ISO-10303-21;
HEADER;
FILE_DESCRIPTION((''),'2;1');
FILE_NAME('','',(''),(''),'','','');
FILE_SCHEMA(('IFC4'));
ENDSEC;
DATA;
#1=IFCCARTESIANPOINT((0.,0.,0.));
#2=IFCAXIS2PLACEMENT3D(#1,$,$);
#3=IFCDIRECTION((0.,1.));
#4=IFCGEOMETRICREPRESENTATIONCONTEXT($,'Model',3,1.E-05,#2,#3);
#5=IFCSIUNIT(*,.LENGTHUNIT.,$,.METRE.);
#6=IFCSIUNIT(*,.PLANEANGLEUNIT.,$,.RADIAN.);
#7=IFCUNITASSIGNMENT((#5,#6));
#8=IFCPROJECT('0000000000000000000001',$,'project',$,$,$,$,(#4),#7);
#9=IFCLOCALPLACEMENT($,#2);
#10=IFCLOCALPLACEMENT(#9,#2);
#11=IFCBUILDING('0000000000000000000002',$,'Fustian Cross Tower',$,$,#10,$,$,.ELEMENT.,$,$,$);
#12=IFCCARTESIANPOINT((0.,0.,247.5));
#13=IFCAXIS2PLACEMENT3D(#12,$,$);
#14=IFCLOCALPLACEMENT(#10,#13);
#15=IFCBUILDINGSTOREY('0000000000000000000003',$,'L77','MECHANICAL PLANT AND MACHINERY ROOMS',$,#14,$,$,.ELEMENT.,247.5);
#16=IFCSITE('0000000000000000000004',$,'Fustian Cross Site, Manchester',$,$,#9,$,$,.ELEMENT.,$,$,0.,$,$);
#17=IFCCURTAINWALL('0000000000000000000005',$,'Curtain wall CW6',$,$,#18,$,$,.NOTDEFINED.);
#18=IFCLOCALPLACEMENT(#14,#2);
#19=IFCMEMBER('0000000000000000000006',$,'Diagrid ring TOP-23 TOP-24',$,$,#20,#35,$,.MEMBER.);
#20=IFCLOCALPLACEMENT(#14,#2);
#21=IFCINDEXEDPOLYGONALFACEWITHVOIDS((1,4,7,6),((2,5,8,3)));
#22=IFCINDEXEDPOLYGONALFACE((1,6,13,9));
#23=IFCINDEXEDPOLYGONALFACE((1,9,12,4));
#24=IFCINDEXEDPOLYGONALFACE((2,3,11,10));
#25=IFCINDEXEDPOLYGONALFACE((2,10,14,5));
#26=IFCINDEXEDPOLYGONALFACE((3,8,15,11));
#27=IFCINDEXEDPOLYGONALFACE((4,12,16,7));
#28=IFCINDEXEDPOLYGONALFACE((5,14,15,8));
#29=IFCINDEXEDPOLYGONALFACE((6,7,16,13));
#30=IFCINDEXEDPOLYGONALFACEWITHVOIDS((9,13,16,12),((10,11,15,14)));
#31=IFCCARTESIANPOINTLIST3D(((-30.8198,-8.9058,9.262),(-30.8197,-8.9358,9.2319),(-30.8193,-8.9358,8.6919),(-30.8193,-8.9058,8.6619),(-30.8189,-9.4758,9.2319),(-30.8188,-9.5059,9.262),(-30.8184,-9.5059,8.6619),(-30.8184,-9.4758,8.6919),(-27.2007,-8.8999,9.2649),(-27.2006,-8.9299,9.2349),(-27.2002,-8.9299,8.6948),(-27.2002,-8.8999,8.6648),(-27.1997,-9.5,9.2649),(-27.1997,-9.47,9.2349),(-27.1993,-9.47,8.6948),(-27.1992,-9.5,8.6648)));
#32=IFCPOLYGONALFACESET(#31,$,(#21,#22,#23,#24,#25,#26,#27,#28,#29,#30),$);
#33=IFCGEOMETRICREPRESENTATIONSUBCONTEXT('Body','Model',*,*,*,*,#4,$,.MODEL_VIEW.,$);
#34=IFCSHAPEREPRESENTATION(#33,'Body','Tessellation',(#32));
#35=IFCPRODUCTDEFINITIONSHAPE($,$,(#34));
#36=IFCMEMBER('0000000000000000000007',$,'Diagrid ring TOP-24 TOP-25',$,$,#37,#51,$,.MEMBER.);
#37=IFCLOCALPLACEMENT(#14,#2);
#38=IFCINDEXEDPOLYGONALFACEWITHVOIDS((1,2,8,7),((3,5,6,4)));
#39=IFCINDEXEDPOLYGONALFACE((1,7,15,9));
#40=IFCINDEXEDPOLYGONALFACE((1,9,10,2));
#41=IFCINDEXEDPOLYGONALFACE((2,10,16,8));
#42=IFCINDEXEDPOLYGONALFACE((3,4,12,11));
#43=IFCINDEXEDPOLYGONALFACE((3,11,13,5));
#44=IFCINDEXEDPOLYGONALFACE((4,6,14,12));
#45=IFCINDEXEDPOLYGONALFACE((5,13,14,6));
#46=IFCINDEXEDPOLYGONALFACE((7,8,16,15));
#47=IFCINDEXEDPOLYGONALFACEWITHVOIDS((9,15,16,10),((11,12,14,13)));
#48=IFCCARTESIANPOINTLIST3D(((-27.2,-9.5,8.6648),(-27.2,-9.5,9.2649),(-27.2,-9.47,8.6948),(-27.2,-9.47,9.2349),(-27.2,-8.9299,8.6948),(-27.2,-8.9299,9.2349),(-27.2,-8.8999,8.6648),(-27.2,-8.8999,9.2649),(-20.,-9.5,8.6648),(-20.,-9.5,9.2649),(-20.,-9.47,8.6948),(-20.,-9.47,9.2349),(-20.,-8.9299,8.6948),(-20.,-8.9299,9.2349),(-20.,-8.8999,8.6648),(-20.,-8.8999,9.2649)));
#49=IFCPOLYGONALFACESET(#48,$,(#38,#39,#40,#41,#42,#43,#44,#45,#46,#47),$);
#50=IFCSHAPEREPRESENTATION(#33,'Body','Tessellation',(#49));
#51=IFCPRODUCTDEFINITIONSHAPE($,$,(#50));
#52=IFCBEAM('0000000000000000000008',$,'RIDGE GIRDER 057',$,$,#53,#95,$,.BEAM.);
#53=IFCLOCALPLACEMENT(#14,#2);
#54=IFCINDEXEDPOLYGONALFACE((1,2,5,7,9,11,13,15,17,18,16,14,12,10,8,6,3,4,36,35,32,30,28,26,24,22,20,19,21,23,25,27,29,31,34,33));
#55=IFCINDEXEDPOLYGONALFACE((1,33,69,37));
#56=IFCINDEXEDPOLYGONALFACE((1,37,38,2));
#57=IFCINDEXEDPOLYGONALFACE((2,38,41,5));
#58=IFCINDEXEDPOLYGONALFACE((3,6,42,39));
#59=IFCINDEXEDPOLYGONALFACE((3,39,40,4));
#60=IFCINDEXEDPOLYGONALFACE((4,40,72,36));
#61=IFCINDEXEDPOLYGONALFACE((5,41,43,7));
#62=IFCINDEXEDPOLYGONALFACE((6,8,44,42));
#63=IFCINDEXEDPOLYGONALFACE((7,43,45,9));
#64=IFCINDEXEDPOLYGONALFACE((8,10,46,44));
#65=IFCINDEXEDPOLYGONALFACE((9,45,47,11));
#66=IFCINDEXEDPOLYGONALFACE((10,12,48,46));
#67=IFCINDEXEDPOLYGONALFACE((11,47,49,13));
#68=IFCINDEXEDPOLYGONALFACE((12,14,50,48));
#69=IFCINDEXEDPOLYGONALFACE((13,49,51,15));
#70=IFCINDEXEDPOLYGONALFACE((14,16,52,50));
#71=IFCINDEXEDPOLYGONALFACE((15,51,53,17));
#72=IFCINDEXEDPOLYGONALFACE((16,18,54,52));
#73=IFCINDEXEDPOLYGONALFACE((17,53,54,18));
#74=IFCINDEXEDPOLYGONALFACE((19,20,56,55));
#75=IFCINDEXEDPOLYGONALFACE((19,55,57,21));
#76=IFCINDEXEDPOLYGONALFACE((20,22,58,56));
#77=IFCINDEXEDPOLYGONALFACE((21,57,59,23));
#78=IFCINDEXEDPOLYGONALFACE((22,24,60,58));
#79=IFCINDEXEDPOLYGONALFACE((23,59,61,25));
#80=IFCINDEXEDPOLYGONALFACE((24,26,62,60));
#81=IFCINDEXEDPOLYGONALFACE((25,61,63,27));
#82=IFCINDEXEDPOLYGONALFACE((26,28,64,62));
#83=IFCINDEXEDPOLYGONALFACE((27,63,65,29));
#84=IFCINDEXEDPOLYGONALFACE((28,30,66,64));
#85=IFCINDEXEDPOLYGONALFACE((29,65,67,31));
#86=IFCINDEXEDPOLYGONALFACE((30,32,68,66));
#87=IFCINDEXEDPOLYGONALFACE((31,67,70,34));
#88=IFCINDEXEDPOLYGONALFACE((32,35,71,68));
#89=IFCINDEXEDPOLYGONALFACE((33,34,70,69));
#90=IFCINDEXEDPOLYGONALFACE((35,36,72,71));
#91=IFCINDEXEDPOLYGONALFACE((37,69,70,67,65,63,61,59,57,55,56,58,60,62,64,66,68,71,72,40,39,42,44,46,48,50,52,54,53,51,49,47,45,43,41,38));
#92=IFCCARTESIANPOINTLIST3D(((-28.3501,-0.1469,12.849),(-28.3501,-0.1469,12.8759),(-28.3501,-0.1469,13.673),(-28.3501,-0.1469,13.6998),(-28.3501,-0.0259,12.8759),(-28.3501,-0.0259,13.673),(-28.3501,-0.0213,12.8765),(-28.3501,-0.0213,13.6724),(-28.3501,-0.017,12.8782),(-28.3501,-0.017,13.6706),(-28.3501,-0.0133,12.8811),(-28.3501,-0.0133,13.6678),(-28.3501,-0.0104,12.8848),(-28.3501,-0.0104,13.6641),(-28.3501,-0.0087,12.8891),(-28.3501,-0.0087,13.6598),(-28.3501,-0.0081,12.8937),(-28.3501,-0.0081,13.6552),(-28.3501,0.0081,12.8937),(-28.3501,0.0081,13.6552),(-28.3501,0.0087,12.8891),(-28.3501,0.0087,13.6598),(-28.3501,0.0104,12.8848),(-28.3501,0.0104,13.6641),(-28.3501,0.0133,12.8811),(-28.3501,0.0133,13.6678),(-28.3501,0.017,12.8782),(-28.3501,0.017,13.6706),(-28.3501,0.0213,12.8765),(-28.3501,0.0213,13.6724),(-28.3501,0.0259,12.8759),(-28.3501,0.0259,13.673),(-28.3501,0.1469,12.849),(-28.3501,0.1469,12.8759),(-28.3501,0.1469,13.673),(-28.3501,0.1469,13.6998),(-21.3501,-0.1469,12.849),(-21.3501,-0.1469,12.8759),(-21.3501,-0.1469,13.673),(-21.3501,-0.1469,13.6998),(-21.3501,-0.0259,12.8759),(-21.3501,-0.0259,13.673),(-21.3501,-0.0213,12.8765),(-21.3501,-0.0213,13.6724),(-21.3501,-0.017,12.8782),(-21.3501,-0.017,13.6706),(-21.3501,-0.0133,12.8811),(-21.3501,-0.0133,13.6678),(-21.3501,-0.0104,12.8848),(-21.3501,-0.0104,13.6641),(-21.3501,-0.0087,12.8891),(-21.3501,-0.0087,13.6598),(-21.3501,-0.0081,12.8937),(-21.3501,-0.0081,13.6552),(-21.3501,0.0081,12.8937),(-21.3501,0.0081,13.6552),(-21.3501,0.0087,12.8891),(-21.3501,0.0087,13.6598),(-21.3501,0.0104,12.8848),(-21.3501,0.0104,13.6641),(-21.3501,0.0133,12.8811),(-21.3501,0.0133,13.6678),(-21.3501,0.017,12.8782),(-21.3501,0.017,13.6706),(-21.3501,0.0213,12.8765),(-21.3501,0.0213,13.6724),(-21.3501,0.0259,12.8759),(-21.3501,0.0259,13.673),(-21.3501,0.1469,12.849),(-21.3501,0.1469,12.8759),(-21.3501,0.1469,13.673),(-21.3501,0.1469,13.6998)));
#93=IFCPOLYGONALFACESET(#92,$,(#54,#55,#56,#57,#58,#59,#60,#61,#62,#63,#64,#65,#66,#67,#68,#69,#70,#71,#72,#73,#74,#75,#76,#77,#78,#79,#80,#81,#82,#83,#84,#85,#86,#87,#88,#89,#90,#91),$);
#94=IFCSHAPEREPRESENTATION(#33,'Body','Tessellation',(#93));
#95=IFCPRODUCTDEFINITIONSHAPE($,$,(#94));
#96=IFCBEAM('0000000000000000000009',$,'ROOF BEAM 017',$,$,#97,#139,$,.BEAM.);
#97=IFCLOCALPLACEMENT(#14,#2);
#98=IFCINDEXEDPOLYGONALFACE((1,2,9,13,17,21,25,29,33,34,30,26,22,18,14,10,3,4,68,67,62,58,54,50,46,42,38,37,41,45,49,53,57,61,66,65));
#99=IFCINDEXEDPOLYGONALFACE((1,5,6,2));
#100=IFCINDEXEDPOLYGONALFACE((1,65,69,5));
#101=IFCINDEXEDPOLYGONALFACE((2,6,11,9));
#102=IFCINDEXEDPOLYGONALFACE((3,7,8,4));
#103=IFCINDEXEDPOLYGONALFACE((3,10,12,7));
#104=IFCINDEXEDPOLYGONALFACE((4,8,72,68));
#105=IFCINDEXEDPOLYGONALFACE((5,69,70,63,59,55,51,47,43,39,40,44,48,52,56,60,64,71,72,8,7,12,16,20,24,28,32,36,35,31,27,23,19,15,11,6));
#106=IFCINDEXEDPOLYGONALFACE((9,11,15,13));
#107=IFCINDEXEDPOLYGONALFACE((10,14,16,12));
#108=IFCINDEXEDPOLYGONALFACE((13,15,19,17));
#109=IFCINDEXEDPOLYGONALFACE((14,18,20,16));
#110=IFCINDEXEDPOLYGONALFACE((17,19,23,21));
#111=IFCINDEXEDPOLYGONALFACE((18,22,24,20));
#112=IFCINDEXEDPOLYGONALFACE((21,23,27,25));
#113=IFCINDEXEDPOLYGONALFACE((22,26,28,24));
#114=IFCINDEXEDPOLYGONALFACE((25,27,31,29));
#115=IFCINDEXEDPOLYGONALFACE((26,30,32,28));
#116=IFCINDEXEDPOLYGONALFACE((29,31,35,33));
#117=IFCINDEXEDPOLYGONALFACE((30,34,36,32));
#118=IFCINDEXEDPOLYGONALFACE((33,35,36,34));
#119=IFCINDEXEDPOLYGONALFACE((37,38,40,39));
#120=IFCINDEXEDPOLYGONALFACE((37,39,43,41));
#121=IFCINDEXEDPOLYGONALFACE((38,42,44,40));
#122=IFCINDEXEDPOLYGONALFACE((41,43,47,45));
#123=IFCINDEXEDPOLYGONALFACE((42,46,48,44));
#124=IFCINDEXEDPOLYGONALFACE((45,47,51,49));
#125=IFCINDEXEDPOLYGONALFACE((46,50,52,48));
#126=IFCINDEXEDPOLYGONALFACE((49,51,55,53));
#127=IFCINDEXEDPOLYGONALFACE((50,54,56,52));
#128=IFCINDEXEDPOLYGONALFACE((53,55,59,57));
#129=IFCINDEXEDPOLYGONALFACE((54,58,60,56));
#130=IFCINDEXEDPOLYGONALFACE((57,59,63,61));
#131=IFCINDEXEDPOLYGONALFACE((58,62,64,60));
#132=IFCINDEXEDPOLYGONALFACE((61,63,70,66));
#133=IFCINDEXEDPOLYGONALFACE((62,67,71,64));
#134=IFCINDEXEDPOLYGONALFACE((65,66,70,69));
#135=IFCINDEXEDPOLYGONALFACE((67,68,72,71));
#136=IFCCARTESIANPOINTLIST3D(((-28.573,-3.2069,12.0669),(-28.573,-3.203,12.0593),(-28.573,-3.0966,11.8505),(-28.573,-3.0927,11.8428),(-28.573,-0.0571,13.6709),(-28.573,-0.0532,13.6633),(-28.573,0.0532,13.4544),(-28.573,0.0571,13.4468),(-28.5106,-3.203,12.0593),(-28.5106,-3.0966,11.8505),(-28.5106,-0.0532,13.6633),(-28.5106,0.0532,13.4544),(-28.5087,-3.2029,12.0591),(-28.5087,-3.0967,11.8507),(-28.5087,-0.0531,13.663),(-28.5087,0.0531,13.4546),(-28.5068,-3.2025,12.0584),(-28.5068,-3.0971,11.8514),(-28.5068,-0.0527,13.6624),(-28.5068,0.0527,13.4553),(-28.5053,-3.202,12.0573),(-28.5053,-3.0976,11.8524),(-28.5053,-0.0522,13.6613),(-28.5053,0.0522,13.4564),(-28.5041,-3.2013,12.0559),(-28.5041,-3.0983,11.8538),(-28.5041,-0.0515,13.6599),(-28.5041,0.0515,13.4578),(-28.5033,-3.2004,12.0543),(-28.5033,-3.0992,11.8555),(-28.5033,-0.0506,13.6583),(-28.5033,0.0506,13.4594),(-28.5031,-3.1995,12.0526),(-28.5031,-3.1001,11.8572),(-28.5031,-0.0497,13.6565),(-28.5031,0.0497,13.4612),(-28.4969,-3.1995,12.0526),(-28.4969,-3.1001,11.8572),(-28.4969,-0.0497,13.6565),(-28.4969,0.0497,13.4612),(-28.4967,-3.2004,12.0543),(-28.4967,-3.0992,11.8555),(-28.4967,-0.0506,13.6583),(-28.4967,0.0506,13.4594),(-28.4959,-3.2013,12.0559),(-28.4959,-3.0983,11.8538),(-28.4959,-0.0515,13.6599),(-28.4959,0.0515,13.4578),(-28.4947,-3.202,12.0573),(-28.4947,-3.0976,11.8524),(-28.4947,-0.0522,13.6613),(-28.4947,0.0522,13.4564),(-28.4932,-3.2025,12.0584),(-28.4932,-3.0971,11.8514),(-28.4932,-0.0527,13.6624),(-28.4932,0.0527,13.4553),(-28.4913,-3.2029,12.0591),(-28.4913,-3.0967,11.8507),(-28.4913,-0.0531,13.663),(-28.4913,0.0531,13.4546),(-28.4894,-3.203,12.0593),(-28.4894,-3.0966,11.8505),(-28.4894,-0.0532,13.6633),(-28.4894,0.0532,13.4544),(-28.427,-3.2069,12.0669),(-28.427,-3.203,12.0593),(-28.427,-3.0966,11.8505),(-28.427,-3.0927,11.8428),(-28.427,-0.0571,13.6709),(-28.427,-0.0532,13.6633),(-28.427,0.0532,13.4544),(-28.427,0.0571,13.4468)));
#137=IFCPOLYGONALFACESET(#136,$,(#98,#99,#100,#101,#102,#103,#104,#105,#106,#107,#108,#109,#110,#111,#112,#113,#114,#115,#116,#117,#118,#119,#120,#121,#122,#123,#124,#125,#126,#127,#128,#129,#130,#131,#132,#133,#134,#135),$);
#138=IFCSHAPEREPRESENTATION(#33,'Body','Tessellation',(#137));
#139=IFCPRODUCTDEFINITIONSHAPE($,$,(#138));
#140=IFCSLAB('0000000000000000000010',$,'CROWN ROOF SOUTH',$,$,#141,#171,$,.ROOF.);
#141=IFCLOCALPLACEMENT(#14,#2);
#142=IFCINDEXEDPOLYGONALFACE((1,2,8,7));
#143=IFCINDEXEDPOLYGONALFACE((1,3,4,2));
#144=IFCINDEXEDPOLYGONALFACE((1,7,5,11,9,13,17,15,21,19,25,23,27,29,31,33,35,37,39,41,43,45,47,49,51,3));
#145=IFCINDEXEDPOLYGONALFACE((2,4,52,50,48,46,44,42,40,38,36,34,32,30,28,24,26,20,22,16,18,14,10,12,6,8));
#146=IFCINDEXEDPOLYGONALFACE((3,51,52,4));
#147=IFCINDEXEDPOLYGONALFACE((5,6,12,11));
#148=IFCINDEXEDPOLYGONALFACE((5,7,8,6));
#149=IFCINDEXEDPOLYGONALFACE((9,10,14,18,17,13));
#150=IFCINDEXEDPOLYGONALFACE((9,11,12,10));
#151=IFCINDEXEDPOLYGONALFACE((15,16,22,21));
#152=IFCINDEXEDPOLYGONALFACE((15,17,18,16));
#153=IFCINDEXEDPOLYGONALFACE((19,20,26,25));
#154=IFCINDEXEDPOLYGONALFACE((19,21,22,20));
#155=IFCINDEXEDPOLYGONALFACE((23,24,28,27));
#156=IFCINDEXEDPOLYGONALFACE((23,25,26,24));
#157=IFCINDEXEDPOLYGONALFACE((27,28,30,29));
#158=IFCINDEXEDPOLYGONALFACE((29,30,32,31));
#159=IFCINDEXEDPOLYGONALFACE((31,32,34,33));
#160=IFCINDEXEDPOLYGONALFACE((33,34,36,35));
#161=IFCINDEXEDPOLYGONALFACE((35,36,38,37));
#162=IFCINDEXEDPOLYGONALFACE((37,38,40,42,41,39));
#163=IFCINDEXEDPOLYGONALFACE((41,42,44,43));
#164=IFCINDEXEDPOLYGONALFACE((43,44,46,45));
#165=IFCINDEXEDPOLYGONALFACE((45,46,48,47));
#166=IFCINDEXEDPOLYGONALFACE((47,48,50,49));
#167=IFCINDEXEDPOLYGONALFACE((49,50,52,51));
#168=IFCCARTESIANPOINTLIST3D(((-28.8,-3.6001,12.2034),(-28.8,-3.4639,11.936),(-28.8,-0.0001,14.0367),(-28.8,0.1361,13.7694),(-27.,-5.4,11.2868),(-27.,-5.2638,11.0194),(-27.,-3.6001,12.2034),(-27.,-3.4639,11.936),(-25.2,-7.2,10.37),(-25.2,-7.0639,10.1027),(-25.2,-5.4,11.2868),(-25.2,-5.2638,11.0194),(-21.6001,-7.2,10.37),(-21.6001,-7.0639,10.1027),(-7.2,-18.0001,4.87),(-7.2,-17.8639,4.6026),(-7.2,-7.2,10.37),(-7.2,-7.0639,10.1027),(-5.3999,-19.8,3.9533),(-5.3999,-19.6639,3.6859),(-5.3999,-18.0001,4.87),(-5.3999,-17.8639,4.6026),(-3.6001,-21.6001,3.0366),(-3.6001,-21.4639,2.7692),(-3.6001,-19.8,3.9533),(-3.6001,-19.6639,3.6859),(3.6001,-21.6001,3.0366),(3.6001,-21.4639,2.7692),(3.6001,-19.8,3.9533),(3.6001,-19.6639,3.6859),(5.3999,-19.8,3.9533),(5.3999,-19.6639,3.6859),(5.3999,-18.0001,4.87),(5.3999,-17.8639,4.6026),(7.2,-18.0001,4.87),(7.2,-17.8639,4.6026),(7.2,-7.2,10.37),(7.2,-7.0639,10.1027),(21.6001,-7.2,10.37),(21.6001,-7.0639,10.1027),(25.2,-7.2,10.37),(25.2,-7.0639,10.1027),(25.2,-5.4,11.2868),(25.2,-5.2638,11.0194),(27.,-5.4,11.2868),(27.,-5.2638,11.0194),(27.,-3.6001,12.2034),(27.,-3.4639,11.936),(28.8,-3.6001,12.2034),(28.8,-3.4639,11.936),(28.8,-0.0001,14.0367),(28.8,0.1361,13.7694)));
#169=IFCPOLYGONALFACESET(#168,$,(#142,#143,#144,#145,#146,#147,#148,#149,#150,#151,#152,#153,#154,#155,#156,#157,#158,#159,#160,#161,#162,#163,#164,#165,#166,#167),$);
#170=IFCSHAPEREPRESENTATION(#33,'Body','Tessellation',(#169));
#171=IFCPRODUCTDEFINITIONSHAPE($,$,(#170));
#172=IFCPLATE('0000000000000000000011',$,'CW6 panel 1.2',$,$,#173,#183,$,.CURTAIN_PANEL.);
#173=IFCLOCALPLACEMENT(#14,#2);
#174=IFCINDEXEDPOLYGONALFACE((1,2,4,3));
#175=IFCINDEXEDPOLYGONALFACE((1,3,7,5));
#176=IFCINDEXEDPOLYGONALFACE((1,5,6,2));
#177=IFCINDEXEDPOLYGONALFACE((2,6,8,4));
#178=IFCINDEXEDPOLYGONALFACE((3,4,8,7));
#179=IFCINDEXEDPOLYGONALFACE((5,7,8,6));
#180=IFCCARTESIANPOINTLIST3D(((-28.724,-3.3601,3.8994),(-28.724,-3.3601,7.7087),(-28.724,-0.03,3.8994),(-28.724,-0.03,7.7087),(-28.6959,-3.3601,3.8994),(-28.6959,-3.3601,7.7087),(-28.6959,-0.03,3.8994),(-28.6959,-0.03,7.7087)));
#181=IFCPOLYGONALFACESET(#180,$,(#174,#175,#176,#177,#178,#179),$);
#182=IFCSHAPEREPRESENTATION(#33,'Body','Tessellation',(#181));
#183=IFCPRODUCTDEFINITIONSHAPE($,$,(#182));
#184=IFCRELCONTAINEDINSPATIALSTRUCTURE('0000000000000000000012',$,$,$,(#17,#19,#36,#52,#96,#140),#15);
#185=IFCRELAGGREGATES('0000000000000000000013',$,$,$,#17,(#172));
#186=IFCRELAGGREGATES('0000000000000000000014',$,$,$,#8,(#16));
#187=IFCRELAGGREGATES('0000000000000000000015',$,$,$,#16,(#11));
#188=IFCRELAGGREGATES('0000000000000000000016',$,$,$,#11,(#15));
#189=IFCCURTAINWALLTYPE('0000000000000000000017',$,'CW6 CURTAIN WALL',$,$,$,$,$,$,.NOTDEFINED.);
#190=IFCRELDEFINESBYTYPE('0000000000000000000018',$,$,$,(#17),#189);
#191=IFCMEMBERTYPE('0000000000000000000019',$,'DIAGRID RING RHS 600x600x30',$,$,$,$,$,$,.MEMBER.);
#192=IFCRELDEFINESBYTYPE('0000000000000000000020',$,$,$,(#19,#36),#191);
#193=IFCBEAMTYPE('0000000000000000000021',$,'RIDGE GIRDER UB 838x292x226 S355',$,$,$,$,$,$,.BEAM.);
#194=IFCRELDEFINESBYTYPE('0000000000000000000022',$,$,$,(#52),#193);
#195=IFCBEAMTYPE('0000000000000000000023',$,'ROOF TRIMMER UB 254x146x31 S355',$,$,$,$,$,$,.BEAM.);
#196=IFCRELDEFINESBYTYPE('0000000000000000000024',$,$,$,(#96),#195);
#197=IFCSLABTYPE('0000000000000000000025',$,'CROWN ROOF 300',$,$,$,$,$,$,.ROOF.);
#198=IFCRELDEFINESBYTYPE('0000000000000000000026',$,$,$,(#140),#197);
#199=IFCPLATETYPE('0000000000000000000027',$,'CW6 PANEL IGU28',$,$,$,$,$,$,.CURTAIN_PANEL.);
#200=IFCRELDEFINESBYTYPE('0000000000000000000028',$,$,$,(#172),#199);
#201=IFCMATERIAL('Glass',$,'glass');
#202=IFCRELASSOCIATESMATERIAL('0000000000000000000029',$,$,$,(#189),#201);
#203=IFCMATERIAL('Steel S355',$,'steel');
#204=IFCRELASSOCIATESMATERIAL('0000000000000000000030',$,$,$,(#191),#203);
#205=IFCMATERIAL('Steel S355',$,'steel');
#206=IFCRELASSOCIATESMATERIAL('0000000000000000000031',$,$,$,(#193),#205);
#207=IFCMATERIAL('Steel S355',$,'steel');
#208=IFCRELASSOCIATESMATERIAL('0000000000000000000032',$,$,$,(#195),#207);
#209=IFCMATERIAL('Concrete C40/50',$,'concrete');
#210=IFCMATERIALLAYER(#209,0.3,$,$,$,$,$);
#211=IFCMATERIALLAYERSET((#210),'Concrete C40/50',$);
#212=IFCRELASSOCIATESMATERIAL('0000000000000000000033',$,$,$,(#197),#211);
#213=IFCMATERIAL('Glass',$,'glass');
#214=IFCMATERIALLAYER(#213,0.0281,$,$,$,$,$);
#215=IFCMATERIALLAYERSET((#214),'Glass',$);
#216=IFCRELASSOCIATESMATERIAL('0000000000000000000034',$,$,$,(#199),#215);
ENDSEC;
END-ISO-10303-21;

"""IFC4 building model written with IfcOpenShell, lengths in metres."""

from ifc_helpers import new_model, si_unit, direction, frame, origin, origin_2d, place, context, subcontext, project, spatial, polyline, rectangle, hollow_rectangle, i_section, outline, extrude, material, layer, layer_set, material_profile, profile_set, type_object, element, aggregate, save


model = new_model("IFC4")

# Units and contexts
model_context = context("Model", 3, precision=1e-05, world=origin(), true_north=direction((0.0, 1.0)))
body_context = subcontext(model_context, "Body", "Model", "MODEL_VIEW")
ifc_project = project(units=[si_unit("LENGTHUNIT", "METRE"), si_unit("PLANEANGLEUNIT", "RADIAN")], contexts=[model_context])

# Site, building, storey
site_placement = place(None, origin())
site = spatial("IfcSite", under=ifc_project, at=site_placement, Name="Fustian Cross Site, Manchester", CompositionType="ELEMENT", RefElevation=0.0)
building_placement = place(site_placement, origin())
building = spatial("IfcBuilding", under=site, at=building_placement, Name="Fustian Cross Tower", CompositionType="ELEMENT")
storey_placement = place(building_placement, frame((0.0, 0.0, 247.5)))
storey = spatial("IfcBuildingStorey", under=building, at=storey_placement, Name="L77", Description="MECHANICAL PLANT AND MACHINERY ROOMS", CompositionType="ELEMENT", Elevation=247.5)

# Curtain wall
ifc_material_1 = material(Name="Glass", Category="glass")
curtain_wall_type = type_object("IfcCurtainWallType", Name="CW6 CURTAIN WALL", PredefinedType="NOTDEFINED", material=ifc_material_1)
curtain_wall_1_placement = place(storey_placement, origin())
curtain_wall_1 = element("IfcCurtainWall", 1, at=curtain_wall_1_placement, inside=storey, type_object=curtain_wall_type, Name="Curtain wall CW6", PredefinedType="NOTDEFINED")

# Members
ifc_material_2 = material(Name="Steel S355", Category="steel")
ifc_material_profile_1 = material_profile(ifc_material_2, hollow_rectangle(XDim=0.6001, YDim=0.6001, WallThickness=0.03, at=origin_2d()), Name="RHS 600x600x30")
ifc_profile_set_1 = profile_set([ifc_material_profile_1], Name="Steel S355")
member_type_1 = type_object("IfcMemberType", Name="DIAGRID RING RHS 600x600x30", PredefinedType="MEMBER", material=ifc_profile_set_1)
member_1_placement = place(storey_placement, frame((-30.8191, -9.2058, 8.9619), z_axis=(0.999998, 0.001619, 0.000809), x_axis=(-0.001619, 0.999999, 0.0)))
element("IfcMember", 2, at=member_1_placement, inside=storey, type_object=member_type_1, Name="Diagrid ring TOP-23 TOP-24", PredefinedType="MEMBER", context=body_context, shape_type="SweptSolid", body=[
    extrude(hollow_rectangle(XDim=0.6001, YDim=0.6001, WallThickness=0.03, at=origin_2d()), origin(), (0.0, 0.0, 1.0), 3.6191),
])
member_2_placement = place(storey_placement, frame((-27.2, -9.2, 8.9648), z_axis=(1.0, 0.0, 0.0), x_axis=(0.0, 1.0, 0.0)))
element("IfcMember", 3, at=member_2_placement, inside=storey, type_object=member_type_1, Name="Diagrid ring TOP-24 TOP-25", PredefinedType="MEMBER", context=body_context, shape_type="SweptSolid", body=[
    extrude(hollow_rectangle(XDim=0.6001, YDim=0.6001, WallThickness=0.03, at=origin_2d()), origin(), (0.0, 0.0, 1.0), 7.2),
])

# Beams
ifc_material_3 = material(Name="Steel S355", Category="steel")
ifc_material_profile_2 = material_profile(ifc_material_3, i_section(OverallWidth=0.2937, OverallDepth=0.8508, WebThickness=0.0161, FlangeThickness=0.0269, FilletRadius=0.0178, at=origin_2d()), Name="UB 838x292x226")
ifc_profile_set_2 = profile_set([ifc_material_profile_2], Name="Steel S355")
beam_type_1 = type_object("IfcBeamType", Name="RIDGE GIRDER UB 838x292x226 S355", PredefinedType="BEAM", material=ifc_profile_set_2)
beam_1_placement = place(storey_placement, frame((-28.3501, 0.0, 13.2744), z_axis=(1.0, 0.0, 0.0), x_axis=(0.0, 1.0, 0.0)))
element("IfcBeam", 4, at=beam_1_placement, inside=storey, type_object=beam_type_1, Name="RIDGE GIRDER 057", PredefinedType="BEAM", context=body_context, shape_type="SweptSolid", body=[
    extrude(i_section(OverallWidth=0.2937, OverallDepth=0.8508, WebThickness=0.0161, FlangeThickness=0.0269, FilletRadius=0.0178, at=origin_2d()), origin(), (0.0, 0.0, 1.0), 7.0),
])
ifc_material_4 = material(Name="Steel S355", Category="steel")
ifc_material_profile_3 = material_profile(ifc_material_4, i_section(OverallWidth=0.146, OverallDepth=0.2515, WebThickness=0.0061, FlangeThickness=0.0085, FilletRadius=0.0076, at=origin_2d()), Name="UB 254x146x31")
ifc_profile_set_3 = profile_set([ifc_material_profile_3], Name="Steel S355")
beam_type_2 = type_object("IfcBeamType", Name="ROOF TRIMMER UB 254x146x31 S355", PredefinedType="BEAM", material=ifc_profile_set_3)
beam_2_placement = place(storey_placement, frame((-28.5, 0.0, 13.5588), z_axis=(0.0, -0.891115, -0.453777), x_axis=(1.0, 0.0, 0.0)))
element("IfcBeam", 5, at=beam_2_placement, inside=storey, type_object=beam_type_2, Name="ROOF BEAM 017", PredefinedType="BEAM", context=body_context, shape_type="SweptSolid", body=[
    extrude(i_section(OverallWidth=0.146, OverallDepth=0.2515, WebThickness=0.0061, FlangeThickness=0.0085, FilletRadius=0.0076, at=origin_2d()), origin(), (0.0, 0.0, 1.0), 3.5347),
])

# Slab
ifc_material_5 = material(Name="Concrete C40/50", Category="concrete")
ifc_layer_1 = layer(ifc_material_5, 0.3)
ifc_layer_set_1 = layer_set([ifc_layer_1], Name="Concrete C40/50")
slab_type = type_object("IfcSlabType", Name="CROWN ROOF 300", PredefinedType="ROOF", material=ifc_layer_set_1)
slab_placement = place(storey_placement, frame((-28.8, -3.6001, 12.2034), z_axis=(0.0, -0.453806, 0.891101), x_axis=(1.0, 0.0, 0.0)))
element("IfcSlab", 6, at=slab_placement, inside=storey, type_object=slab_type, Name="CROWN ROOF SOUTH", PredefinedType="ROOF", context=body_context, shape_type="SweptSolid", body=[
    extrude(outline(polyline([(0.0, 0.0), (1.8, 0.0), (1.8, -2.0198), (3.6001, -2.0198), (3.6001, -4.0399), (7.2, -4.0399), (21.6001, -4.0399), (21.6001, -16.1597), (23.4001, -16.1597), (23.4001, -18.1797), (25.2, -18.1797), (25.2, -20.1997), (32.4001, -20.1997), (32.4001, -18.1797), (34.2, -18.1797), (34.2, -16.1597), (36.0, -16.1597), (36.0, -4.0399), (50.4001, -4.0399), (54.0, -4.0399), (54.0, -2.0198), (55.8, -2.0198), (55.8, 0.0), (57.6001, 0.0), (57.6001, 4.04), (0.0, 4.04), (0.0, 0.0)])), origin(), (0.0, 0.0, -1.0), 0.3),
])

# Plate
ifc_material_6 = material(Name="Glass", Category="glass")
ifc_layer_2 = layer(ifc_material_6, 0.0281)
ifc_layer_set_2 = layer_set([ifc_layer_2], Name="Glass")
plate_type = type_object("IfcPlateType", Name="CW6 PANEL IGU28", PredefinedType="CURTAIN_PANEL", material=ifc_layer_set_2)
plate_1_placement = place(storey_placement, frame((-28.71, -1.6951, 3.8994), z_axis=(0.0, 0.0, 1.0), x_axis=(0.0, -1.0, 0.0)))
plate_1 = element("IfcPlate", 7, at=plate_1_placement, type_object=plate_type, Name="CW6 panel 1.2", PredefinedType="CURTAIN_PANEL", context=body_context, shape_type="SweptSolid", body=[
    extrude(rectangle(XDim=3.3301, YDim=0.0281, at=origin_2d()), origin(), (0.0, 0.0, 1.0), 3.8093),
])
aggregate(curtain_wall_1, [plate_1])

save(model, "model.ifc")
